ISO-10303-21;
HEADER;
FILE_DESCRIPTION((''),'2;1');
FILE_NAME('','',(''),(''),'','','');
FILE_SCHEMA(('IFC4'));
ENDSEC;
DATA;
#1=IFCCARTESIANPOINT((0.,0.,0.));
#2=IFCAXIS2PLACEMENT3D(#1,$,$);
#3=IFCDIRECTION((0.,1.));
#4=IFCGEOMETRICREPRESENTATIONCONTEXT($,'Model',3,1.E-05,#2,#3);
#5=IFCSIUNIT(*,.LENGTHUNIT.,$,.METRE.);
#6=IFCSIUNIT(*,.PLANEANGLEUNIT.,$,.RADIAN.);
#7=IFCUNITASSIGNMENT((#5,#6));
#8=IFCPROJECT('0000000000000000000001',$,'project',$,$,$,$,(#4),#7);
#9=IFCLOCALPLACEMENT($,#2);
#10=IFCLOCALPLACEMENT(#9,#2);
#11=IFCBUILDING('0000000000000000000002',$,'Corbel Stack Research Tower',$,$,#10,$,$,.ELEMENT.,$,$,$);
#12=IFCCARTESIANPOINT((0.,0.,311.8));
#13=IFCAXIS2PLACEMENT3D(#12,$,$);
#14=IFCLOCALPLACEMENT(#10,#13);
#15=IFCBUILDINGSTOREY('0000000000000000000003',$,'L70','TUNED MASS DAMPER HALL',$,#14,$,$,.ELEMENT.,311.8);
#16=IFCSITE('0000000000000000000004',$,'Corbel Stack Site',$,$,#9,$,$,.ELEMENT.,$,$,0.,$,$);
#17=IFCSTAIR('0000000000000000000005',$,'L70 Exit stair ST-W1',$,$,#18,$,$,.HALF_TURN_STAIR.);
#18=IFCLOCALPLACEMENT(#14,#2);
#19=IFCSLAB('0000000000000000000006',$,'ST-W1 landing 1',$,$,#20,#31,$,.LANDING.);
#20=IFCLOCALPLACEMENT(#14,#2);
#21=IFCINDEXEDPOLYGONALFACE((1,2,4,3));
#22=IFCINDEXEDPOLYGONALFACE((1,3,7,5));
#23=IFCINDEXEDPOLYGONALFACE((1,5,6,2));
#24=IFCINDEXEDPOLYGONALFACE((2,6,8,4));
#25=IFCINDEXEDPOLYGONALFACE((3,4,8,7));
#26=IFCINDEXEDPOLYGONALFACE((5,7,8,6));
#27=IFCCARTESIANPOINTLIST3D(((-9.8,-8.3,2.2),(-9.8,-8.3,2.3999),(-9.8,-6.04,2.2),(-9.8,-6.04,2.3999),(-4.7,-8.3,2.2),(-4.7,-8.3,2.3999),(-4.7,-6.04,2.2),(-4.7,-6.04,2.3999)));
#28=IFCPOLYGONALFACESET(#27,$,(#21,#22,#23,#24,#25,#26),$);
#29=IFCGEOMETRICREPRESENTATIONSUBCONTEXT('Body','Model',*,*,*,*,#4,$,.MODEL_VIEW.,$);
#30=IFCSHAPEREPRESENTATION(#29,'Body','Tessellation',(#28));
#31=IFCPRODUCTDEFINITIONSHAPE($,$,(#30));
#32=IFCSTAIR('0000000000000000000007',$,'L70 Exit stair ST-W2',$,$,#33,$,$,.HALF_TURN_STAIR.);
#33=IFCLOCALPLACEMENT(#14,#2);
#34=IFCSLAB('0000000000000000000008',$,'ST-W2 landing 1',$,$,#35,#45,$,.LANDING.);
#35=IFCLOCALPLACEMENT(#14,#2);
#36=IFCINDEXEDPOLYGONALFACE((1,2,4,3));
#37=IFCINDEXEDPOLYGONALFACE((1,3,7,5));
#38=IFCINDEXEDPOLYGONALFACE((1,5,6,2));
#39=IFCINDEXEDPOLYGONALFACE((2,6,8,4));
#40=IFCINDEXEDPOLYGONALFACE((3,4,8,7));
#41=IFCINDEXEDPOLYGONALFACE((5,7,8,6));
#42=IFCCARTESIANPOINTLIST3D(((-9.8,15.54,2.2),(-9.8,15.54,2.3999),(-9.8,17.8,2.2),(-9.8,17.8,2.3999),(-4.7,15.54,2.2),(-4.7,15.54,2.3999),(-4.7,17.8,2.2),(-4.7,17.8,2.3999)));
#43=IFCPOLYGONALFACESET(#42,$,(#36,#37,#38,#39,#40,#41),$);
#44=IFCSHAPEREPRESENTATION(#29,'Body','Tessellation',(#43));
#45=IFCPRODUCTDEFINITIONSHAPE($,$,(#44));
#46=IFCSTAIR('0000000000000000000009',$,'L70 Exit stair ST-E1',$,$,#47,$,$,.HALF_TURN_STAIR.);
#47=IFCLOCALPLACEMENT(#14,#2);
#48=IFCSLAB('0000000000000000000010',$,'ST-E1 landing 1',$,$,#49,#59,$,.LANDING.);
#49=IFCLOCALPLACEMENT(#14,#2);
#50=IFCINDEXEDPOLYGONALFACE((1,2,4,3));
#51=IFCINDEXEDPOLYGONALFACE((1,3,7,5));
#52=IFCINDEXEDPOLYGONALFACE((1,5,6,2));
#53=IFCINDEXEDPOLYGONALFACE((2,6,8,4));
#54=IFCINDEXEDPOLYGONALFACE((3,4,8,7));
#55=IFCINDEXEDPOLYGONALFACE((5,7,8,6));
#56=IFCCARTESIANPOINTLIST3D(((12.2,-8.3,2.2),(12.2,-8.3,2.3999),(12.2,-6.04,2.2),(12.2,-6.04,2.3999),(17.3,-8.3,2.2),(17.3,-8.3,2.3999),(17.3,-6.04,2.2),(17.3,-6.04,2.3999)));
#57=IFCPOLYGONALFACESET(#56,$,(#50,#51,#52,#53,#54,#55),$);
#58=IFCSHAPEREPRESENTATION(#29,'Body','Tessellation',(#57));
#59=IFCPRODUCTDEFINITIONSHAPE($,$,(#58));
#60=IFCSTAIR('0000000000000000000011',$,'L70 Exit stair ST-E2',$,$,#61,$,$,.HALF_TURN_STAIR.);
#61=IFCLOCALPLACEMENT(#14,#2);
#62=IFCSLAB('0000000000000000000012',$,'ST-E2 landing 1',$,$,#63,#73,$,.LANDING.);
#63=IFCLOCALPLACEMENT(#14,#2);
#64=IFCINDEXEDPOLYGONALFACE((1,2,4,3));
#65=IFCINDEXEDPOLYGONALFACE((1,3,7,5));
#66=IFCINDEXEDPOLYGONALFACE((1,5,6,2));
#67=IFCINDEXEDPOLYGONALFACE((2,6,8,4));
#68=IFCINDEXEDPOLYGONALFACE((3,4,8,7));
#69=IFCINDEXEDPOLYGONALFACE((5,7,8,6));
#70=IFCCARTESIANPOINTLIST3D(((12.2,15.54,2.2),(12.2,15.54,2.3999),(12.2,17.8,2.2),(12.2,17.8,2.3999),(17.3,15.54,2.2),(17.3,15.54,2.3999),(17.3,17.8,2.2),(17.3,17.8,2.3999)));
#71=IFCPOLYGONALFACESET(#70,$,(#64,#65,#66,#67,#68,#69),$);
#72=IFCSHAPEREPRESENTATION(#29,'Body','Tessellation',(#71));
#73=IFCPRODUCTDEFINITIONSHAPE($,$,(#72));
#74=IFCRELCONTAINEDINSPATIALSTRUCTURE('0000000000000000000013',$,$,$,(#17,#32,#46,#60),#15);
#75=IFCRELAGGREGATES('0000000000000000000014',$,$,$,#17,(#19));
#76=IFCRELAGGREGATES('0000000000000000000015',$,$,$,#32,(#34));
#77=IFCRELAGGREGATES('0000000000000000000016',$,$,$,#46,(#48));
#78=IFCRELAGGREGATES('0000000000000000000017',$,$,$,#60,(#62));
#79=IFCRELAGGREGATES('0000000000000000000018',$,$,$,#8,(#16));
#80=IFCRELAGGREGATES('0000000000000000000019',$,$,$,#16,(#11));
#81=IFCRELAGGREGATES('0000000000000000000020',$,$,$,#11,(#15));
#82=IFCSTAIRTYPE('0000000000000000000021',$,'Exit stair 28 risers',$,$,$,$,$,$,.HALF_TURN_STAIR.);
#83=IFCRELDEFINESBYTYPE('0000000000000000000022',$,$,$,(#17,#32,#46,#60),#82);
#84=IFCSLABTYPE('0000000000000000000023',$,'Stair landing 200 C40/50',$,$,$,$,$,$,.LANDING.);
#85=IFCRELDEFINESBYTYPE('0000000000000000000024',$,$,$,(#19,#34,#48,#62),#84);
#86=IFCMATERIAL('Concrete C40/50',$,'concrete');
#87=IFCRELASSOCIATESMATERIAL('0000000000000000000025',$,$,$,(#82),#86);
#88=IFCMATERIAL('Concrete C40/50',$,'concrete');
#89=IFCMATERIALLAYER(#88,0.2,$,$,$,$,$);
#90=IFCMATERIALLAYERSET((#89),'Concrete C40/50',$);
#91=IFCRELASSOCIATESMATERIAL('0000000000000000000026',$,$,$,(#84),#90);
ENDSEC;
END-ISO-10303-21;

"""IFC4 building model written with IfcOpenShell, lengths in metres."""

from ifc_helpers import new_model, si_unit, direction, frame, origin, place, context, subcontext, project, spatial, polyline, outline, extrude, material, layer, layer_set, type_object, element, aggregate, save


model = new_model("IFC4")

# Units and contexts
model_context = context("Model", 3, precision=1e-05, world=origin(), true_north=direction((0.0, 1.0)))
body_context = subcontext(model_context, "Body", "Model", "MODEL_VIEW")
ifc_project = project(units=[si_unit("LENGTHUNIT", "METRE"), si_unit("PLANEANGLEUNIT", "RADIAN")], contexts=[model_context])

# Site, building, storey
site_placement = place(None, origin())
site = spatial("IfcSite", under=ifc_project, at=site_placement, Name="Corbel Stack Site", CompositionType="ELEMENT", RefElevation=0.0)
building_placement = place(site_placement, origin())
building = spatial("IfcBuilding", under=site, at=building_placement, Name="Corbel Stack Research Tower", CompositionType="ELEMENT")
storey_placement = place(building_placement, frame((0.0, 0.0, 311.8)))
storey = spatial("IfcBuildingStorey", under=building, at=storey_placement, Name="L70", Description="TUNED MASS DAMPER HALL", CompositionType="ELEMENT", Elevation=311.8)

# Stairs, slabs
ifc_material_1 = material(Name="Concrete C40/50", Category="concrete")
stair_type = type_object("IfcStairType", Name="Exit stair 28 risers", PredefinedType="HALF_TURN_STAIR", material=ifc_material_1)
stair_1_placement = place(storey_placement, origin())
stair_1 = element("IfcStair", 1, at=stair_1_placement, inside=storey, type_object=stair_type, Name="L70 Exit stair ST-W1", PredefinedType="HALF_TURN_STAIR")
ifc_material_2 = material(Name="Concrete C40/50", Category="concrete")
ifc_layer_1 = layer(ifc_material_2, 0.2)
ifc_layer_set_1 = layer_set([ifc_layer_1], Name="Concrete C40/50")
slab_type_1 = type_object("IfcSlabType", Name="Stair landing 200 C40/50", PredefinedType="LANDING", material=ifc_layer_set_1)
slab_1_placement = place(storey_placement, frame((0.0, 0.0, 2.2)))
slab_1 = element("IfcSlab", 2, at=slab_1_placement, type_object=slab_type_1, Name="ST-W1 landing 1", PredefinedType="LANDING", context=body_context, shape_type="SweptSolid", body=[
    extrude(outline(polyline([(-9.8, -8.3), (-9.8, -6.04), (-4.7, -6.04), (-4.7, -8.3), (-9.8, -8.3)])), origin(), (0.0, 0.0, 1.0), 0.2),
])
aggregate(stair_1, [slab_1])
stair_2_placement = place(storey_placement, origin())
stair_2 = element("IfcStair", 3, at=stair_2_placement, inside=storey, type_object=stair_type, Name="L70 Exit stair ST-W2", PredefinedType="HALF_TURN_STAIR")
slab_2_placement = place(storey_placement, frame((0.0, 0.0, 2.2)))
slab_2 = element("IfcSlab", 4, at=slab_2_placement, type_object=slab_type_1, Name="ST-W2 landing 1", PredefinedType="LANDING", context=body_context, shape_type="SweptSolid", body=[
    extrude(outline(polyline([(-9.8, 15.54), (-9.8, 17.8), (-4.7, 17.8), (-4.7, 15.54), (-9.8, 15.54)])), origin(), (0.0, 0.0, 1.0), 0.2),
])
aggregate(stair_2, [slab_2])
stair_3_placement = place(storey_placement, origin())
stair_3 = element("IfcStair", 5, at=stair_3_placement, inside=storey, type_object=stair_type, Name="L70 Exit stair ST-E1", PredefinedType="HALF_TURN_STAIR")
slab_3_placement = place(storey_placement, frame((0.0, 0.0, 2.2)))
slab_3 = element("IfcSlab", 6, at=slab_3_placement, type_object=slab_type_1, Name="ST-E1 landing 1", PredefinedType="LANDING", context=body_context, shape_type="SweptSolid", body=[
    extrude(outline(polyline([(12.2, -8.3), (12.2, -6.04), (17.3, -6.04), (17.3, -8.3), (12.2, -8.3)])), origin(), (0.0, 0.0, 1.0), 0.2),
])
aggregate(stair_3, [slab_3])
stair_4_placement = place(storey_placement, origin())
stair_4 = element("IfcStair", 7, at=stair_4_placement, inside=storey, type_object=stair_type, Name="L70 Exit stair ST-E2", PredefinedType="HALF_TURN_STAIR")
slab_4_placement = place(storey_placement, frame((0.0, 0.0, 2.2)))
slab_4 = element("IfcSlab", 8, at=slab_4_placement, type_object=slab_type_1, Name="ST-E2 landing 1", PredefinedType="LANDING", context=body_context, shape_type="SweptSolid", body=[
    extrude(outline(polyline([(12.2, 15.54), (12.2, 17.8), (17.3, 17.8), (17.3, 15.54), (12.2, 15.54)])), origin(), (0.0, 0.0, 1.0), 0.2),
])
aggregate(stair_4, [slab_4])

save(model, "model.ifc")
